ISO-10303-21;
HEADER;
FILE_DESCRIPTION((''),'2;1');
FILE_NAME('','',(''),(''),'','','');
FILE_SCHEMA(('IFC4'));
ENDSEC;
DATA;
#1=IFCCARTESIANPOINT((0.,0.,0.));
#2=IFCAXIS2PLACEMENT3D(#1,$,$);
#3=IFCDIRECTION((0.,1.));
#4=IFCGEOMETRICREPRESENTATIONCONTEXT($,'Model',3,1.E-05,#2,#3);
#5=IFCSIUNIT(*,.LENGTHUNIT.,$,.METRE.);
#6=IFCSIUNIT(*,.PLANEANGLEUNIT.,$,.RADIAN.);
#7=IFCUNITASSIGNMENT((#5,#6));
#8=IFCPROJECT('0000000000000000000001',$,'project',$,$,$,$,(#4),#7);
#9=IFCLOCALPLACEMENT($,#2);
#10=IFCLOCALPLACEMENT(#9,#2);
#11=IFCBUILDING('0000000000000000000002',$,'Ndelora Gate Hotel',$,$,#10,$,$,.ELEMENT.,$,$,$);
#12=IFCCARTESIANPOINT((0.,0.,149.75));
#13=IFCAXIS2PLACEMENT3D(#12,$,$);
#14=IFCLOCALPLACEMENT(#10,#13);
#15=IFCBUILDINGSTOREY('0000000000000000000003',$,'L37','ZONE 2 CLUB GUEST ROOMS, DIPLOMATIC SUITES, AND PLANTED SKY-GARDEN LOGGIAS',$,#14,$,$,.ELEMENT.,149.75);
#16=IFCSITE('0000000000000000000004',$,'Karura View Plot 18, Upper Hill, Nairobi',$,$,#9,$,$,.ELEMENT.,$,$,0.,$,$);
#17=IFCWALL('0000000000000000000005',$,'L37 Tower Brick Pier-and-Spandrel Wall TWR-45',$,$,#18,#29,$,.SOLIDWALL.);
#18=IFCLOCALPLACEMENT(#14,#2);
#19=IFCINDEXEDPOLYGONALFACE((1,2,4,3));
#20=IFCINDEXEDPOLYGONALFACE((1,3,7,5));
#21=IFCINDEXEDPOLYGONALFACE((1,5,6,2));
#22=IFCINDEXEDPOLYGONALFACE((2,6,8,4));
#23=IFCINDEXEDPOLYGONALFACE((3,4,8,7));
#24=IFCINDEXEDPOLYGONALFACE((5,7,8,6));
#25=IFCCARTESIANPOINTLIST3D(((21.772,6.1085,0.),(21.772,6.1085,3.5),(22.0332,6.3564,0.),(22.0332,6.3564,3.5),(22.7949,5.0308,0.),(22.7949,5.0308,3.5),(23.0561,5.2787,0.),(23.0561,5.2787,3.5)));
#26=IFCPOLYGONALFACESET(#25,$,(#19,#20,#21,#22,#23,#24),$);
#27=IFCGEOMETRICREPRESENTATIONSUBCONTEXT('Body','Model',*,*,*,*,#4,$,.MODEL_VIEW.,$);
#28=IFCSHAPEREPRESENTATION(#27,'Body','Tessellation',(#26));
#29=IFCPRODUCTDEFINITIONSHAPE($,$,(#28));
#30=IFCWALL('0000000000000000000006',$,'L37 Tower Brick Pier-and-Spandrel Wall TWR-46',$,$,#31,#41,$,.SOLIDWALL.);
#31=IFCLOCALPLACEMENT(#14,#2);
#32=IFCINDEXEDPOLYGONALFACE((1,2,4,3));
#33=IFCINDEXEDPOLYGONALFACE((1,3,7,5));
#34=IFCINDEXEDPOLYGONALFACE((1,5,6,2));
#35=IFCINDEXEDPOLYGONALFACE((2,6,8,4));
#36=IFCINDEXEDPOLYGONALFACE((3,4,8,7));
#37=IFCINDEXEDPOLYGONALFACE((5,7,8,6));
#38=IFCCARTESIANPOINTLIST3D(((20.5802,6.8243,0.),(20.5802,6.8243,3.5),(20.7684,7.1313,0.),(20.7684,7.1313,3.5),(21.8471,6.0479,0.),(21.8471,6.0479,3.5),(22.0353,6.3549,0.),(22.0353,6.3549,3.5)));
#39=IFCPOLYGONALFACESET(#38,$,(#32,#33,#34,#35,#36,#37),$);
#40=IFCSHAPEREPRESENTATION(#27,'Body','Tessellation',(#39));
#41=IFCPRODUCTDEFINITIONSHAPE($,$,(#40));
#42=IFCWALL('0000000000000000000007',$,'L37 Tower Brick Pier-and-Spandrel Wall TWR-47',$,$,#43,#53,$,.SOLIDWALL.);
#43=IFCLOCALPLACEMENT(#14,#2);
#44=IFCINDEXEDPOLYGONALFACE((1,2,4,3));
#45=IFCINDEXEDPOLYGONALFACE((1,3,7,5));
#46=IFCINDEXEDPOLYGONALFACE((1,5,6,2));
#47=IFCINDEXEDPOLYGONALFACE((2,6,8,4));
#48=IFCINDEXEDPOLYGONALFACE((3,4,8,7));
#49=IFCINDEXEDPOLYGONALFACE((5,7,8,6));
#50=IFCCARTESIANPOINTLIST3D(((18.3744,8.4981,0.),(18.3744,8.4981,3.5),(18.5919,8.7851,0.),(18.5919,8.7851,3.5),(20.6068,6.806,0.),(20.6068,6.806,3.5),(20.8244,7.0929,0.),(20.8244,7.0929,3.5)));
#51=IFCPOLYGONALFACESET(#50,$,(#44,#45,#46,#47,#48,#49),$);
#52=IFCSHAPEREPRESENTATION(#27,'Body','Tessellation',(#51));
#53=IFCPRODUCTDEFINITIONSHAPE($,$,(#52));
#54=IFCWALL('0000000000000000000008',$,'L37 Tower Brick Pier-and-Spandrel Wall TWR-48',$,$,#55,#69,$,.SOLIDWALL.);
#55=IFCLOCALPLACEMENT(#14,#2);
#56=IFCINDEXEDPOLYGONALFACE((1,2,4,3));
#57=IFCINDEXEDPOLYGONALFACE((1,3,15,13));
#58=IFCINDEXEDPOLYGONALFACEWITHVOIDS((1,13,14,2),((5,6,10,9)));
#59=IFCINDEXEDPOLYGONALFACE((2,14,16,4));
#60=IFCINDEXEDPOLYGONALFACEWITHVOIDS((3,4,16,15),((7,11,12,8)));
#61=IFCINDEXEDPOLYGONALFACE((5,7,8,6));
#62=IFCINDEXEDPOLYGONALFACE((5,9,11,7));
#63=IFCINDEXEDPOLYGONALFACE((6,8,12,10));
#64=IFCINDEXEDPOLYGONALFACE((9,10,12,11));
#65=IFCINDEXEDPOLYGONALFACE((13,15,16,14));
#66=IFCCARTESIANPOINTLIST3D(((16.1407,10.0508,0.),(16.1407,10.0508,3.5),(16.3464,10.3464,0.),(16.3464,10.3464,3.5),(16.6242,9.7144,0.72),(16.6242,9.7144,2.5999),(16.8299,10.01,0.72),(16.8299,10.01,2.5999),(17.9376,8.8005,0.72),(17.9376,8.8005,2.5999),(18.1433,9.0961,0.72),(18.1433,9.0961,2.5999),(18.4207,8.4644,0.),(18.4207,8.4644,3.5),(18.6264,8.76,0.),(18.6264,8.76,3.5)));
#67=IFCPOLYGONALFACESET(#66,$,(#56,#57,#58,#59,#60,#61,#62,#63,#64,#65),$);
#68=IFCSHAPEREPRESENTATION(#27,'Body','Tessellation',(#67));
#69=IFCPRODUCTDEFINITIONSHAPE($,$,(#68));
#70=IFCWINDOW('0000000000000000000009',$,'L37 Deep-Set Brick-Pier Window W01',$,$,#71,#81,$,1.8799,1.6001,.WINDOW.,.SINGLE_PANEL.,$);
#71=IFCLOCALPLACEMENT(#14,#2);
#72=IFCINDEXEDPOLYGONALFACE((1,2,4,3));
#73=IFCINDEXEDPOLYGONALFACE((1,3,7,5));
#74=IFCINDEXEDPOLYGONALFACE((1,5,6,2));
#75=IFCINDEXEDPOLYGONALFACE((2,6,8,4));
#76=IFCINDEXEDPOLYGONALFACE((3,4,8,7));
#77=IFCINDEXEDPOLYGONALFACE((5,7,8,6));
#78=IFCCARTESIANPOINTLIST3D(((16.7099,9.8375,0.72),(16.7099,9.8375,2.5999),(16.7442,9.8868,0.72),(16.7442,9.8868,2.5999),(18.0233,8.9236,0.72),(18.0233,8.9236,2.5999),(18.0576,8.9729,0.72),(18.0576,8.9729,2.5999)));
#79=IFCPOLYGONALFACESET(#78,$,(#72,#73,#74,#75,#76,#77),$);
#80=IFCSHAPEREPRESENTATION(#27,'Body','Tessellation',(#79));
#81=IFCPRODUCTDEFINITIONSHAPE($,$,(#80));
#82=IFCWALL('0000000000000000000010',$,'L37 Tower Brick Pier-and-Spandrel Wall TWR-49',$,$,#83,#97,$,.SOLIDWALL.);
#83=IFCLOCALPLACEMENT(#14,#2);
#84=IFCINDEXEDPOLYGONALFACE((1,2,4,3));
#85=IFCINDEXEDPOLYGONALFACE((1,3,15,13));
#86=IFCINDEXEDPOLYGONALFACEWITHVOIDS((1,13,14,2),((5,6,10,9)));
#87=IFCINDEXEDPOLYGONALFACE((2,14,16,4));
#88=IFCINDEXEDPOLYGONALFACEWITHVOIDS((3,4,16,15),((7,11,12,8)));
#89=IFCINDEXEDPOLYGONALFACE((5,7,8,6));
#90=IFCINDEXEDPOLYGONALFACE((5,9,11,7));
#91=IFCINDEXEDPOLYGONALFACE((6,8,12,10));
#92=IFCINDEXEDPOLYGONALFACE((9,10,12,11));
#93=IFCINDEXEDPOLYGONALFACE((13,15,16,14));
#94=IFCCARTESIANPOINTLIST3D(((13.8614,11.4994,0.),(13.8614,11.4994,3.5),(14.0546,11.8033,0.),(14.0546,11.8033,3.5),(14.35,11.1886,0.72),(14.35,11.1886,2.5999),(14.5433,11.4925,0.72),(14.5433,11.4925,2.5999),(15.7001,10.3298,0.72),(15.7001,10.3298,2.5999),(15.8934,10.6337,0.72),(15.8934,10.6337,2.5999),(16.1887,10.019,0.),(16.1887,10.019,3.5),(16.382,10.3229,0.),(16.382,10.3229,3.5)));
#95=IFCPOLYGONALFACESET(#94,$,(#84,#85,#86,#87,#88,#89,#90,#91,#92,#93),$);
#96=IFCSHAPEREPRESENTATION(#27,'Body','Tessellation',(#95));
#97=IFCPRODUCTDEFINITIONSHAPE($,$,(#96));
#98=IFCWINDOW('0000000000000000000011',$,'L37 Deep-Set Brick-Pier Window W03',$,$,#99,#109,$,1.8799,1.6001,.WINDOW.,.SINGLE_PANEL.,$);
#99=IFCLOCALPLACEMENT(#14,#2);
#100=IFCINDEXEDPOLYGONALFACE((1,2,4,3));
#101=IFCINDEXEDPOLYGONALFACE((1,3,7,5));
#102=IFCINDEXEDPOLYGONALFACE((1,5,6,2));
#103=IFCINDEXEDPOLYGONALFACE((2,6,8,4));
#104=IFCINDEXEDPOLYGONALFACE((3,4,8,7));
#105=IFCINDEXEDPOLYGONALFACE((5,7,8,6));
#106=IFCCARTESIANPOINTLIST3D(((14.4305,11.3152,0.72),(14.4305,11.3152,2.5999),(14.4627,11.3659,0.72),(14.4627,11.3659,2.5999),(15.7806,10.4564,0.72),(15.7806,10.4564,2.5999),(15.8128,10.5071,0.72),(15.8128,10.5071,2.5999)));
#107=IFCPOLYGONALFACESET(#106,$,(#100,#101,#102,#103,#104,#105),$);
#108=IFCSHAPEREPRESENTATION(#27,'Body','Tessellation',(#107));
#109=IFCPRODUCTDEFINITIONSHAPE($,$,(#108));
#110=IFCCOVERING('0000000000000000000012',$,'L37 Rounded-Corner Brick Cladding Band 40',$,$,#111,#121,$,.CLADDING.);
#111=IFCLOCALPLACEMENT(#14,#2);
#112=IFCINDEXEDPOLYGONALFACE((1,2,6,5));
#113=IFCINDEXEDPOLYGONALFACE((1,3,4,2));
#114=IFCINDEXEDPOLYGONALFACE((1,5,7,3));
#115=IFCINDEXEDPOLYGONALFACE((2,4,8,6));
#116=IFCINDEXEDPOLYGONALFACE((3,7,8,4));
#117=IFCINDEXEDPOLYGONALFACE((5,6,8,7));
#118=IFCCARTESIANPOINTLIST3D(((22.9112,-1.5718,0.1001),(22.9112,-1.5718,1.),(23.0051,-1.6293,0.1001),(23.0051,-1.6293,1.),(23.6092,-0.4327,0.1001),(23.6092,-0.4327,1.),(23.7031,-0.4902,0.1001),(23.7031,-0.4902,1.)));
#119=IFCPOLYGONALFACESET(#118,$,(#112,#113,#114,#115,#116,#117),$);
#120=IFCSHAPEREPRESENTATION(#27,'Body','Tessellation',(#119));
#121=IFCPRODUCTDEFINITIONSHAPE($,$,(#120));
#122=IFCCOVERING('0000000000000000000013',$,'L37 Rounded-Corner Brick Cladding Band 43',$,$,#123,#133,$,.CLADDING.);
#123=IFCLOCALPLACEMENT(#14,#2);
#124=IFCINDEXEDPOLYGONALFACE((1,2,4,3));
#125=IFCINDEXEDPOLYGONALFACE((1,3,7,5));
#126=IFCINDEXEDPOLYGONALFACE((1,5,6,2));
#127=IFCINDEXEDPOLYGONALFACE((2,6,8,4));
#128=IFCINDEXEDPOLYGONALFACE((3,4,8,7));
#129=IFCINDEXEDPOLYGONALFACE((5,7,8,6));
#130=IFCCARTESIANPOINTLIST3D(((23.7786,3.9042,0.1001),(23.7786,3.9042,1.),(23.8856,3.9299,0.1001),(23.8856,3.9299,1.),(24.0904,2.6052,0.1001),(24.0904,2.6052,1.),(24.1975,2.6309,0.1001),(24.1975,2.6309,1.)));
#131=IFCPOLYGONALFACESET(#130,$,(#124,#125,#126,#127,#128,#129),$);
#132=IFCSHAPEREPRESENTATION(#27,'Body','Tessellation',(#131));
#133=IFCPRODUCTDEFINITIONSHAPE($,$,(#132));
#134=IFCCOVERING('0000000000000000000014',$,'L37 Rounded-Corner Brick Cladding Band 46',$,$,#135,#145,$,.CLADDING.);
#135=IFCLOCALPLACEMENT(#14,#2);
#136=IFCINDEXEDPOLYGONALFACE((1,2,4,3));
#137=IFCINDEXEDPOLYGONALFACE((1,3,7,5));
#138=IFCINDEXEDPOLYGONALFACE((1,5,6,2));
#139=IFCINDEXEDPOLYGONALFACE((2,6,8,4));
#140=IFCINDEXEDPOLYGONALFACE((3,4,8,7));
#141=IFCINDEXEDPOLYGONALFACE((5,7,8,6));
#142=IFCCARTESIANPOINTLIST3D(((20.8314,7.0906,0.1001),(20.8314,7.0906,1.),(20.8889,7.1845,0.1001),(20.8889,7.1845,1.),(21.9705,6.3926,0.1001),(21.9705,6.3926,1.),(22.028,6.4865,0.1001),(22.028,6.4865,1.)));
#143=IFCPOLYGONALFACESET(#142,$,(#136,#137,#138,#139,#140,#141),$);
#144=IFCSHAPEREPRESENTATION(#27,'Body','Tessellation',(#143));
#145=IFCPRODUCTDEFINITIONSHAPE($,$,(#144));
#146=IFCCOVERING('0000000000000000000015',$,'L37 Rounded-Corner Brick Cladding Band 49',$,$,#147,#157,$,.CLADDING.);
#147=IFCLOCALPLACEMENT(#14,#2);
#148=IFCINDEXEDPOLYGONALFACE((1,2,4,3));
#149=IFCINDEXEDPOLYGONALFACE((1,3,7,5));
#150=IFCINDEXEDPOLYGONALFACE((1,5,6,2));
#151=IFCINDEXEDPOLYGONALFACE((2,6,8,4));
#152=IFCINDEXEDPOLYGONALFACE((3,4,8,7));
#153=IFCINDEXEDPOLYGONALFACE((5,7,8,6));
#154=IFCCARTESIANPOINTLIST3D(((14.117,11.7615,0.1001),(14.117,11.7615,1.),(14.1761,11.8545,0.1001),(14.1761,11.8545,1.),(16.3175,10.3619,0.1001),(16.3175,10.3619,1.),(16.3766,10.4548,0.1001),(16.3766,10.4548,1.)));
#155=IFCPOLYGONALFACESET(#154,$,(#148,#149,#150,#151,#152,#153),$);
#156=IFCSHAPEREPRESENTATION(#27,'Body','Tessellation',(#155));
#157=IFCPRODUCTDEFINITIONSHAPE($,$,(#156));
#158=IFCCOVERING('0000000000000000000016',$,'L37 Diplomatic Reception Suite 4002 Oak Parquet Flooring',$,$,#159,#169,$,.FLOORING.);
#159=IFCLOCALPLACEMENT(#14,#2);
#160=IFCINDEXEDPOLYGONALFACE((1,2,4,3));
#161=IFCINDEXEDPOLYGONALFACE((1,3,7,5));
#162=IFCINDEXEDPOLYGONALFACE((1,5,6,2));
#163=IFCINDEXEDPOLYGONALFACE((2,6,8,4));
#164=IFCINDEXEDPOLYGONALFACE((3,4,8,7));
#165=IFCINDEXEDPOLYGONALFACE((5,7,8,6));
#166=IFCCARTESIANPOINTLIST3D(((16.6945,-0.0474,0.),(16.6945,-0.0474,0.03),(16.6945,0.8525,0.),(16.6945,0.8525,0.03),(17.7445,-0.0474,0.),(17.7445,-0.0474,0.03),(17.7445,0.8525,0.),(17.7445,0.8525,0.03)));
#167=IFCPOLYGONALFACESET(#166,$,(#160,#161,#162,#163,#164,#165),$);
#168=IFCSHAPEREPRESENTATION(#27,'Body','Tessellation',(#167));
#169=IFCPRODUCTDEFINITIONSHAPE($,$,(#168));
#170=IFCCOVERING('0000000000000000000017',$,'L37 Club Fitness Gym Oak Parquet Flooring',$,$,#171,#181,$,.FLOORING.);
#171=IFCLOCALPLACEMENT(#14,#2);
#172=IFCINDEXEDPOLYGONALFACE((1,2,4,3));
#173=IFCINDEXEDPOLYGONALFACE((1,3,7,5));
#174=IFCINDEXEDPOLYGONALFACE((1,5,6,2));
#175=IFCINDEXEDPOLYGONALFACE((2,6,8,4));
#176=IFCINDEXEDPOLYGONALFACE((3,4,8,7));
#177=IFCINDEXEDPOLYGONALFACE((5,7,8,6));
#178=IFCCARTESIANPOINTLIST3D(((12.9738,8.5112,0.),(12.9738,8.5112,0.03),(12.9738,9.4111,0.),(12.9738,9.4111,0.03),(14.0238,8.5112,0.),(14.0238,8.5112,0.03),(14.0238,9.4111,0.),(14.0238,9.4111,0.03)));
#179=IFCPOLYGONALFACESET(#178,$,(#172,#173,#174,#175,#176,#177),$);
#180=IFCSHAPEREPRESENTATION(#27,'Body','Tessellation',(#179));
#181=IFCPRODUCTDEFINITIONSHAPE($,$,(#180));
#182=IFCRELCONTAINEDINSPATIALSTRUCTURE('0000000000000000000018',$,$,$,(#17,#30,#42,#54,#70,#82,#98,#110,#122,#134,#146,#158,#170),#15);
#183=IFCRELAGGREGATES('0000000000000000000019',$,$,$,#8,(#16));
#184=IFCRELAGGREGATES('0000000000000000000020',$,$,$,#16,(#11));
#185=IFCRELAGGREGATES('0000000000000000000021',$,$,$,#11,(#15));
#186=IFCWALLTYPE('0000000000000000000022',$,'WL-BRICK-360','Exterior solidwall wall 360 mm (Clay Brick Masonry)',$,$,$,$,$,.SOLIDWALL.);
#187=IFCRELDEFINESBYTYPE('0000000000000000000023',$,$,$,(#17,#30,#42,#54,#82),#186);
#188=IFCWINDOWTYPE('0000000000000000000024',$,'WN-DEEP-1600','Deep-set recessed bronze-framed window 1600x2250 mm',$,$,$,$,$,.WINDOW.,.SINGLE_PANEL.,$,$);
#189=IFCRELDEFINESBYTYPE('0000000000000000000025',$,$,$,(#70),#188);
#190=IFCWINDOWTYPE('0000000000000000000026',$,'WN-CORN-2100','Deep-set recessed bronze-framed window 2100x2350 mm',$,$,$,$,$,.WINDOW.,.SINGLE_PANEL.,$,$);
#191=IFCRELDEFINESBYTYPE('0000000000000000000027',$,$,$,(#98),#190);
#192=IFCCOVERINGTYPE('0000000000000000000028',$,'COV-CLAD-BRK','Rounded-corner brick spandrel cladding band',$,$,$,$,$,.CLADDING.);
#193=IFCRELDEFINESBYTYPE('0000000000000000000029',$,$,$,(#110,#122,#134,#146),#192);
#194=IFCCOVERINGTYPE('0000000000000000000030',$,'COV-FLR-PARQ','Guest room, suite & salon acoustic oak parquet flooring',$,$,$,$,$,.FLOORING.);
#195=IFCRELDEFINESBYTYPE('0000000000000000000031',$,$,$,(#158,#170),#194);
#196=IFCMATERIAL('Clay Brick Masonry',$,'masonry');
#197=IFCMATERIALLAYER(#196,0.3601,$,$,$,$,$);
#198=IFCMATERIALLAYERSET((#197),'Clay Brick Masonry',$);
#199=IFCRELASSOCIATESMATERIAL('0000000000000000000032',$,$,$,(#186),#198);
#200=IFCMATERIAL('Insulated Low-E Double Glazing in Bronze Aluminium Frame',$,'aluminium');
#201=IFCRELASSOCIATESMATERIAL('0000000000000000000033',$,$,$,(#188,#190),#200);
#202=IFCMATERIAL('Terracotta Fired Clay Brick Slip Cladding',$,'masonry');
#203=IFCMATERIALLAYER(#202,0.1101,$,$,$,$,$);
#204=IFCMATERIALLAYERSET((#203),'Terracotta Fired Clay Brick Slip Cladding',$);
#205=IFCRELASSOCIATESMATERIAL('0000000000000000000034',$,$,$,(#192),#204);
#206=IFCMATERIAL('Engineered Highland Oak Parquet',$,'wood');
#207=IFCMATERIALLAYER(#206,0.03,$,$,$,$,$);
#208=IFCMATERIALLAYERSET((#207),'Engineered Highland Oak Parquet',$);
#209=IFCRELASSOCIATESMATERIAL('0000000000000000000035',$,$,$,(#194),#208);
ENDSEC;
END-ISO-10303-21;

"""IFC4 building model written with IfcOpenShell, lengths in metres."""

from ifc_helpers import new_model, si_unit, direction, frame, frame_2d, origin, origin_2d, place, context, subcontext, project, spatial, rectangle, extrude, material, layer, layer_set, type_object, element, fill, save


model = new_model("IFC4")

# Units and contexts
model_context = context("Model", 3, precision=1e-05, world=origin(), true_north=direction((0.0, 1.0)))
body_context = subcontext(model_context, "Body", "Model", "MODEL_VIEW")
ifc_project = project(units=[si_unit("LENGTHUNIT", "METRE"), si_unit("PLANEANGLEUNIT", "RADIAN")], contexts=[model_context])

# Site, building, storey
site_placement = place(None, origin())
site = spatial("IfcSite", under=ifc_project, at=site_placement, Name="Karura View Plot 18, Upper Hill, Nairobi", CompositionType="ELEMENT", RefElevation=0.0)
building_placement = place(site_placement, origin())
building = spatial("IfcBuilding", under=site, at=building_placement, Name="Ndelora Gate Hotel", CompositionType="ELEMENT")
storey_placement = place(building_placement, frame((0.0, 0.0, 149.75)))
storey = spatial("IfcBuildingStorey", under=building, at=storey_placement, Name="L37", Description="ZONE 2 CLUB GUEST ROOMS, DIPLOMATIC SUITES, AND PLANTED SKY-GARDEN LOGGIAS", CompositionType="ELEMENT", Elevation=149.75)

# Walls
ifc_material_1 = material(Name="Clay Brick Masonry", Category="masonry")
ifc_layer_1 = layer(ifc_material_1, 0.3601)
ifc_layer_set_1 = layer_set([ifc_layer_1], Name="Clay Brick Masonry")
wall_type = type_object("IfcWallType", Name="WL-BRICK-360", Description="Exterior solidwall wall 360 mm (Clay Brick Masonry)", PredefinedType="SOLIDWALL", material=ifc_layer_set_1)
for number, where, z_axis, x_axis, name in (
    (1, (21.9026, 6.2324, 0.0), (0.0, 0.0, 1.0), (0.688464, -0.72527, 0.0), "L37 Tower Brick Pier-and-Spandrel Wall TWR-45"),
    (2, (20.6743, 6.9778, 0.0), (0.0, 0.0, 1.0), (0.852627, -0.52252, 0.0), "L37 Tower Brick Pier-and-Spandrel Wall TWR-46"),
):
    element("IfcWall", number, at=place(storey_placement, frame(where, z_axis=z_axis, x_axis=x_axis)), inside=storey, type_object=wall_type, Name=name, PredefinedType="SOLIDWALL", context=body_context, shape_type="SweptSolid", body=[
        extrude(rectangle(XDim=1.4858, YDim=0.3601, at=frame_2d((0.7429, 0.0))), origin(), (0.0, 0.0, 1.0), 3.5),
    ])
wall_1_placement = place(storey_placement, frame((18.4832, 8.6416, 0.0), z_axis=(0.0, 0.0, 1.0), x_axis=(0.796936, -0.604064, 0.0)))
element("IfcWall", 3, at=wall_1_placement, inside=storey, type_object=wall_type, Name="L37 Tower Brick Pier-and-Spandrel Wall TWR-47", PredefinedType="SOLIDWALL", context=body_context, shape_type="SweptSolid", body=[
    extrude(rectangle(XDim=2.8013, YDim=0.3601, at=frame_2d((1.4006, 0.0))), origin(), (0.0, 0.0, 1.0), 3.5),
])

# Walls, openings, windows
wall_2_placement = place(storey_placement, frame((16.2437, 10.1985, 0.0), z_axis=(0.0, 0.0, 1.0), x_axis=(0.820851, -0.571142, 0.0)))
wall_2 = element("IfcWall", 4, at=wall_2_placement, inside=storey, type_object=wall_type, Name="L37 Tower Brick Pier-and-Spandrel Wall TWR-48", PredefinedType="SOLIDWALL", context=body_context, shape_type="SweptSolid", body=[
    extrude(rectangle(XDim=2.7776, YDim=0.3601, at=frame_2d((1.3887, 0.0))), origin(), (0.0, 0.0, 1.0), 3.5),
])
opening_1_placement = place(wall_2_placement, frame((0.5889, 0.0, 0.72)))
opening_1 = element("IfcOpeningElement", 5, at=opening_1_placement, cuts=wall_2, PredefinedType="OPENING", context=body_context, shape_type="SweptSolid", body=[
    extrude(rectangle(XDim=1.6001, YDim=1.8799, at=frame_2d((0.8, 0.9399))), frame((0.0, 0.1899, 0.0), z_axis=(0.0, -1.0, 0.0), x_axis=(1.0, 0.0, 0.0)), (0.0, 0.0, 1.0), 0.3801),
])
ifc_material_2 = material(Name="Insulated Low-E Double Glazing in Bronze Aluminium Frame", Category="aluminium")
window_type_1 = type_object("IfcWindowType", Name="WN-DEEP-1600", Description="Deep-set recessed bronze-framed window 1600x2250 mm", PartitioningType="SINGLE_PANEL", PredefinedType="WINDOW", material=ifc_material_2)
window_1_placement = place(opening_1_placement, origin())
window_1 = element("IfcWindow", 6, at=window_1_placement, inside=storey, type_object=window_type_1, Name="L37 Deep-Set Brick-Pier Window W01", OverallHeight=1.8799, OverallWidth=1.6001, PartitioningType="SINGLE_PANEL", PredefinedType="WINDOW", context=body_context, shape_type="SweptSolid", body=[
    extrude(rectangle(XDim=1.6001, YDim=1.8799, at=frame_2d((0.8, 0.9399))), frame((0.0, 0.03, 0.0), z_axis=(0.0, -1.0, 0.0), x_axis=(1.0, 0.0, 0.0)), (0.0, 0.0, 1.0), 0.0601),
])
fill(opening_1, window_1)
wall_3_placement = place(storey_placement, frame((13.958, 11.6514, 0.0), z_axis=(0.0, 0.0, 1.0), x_axis=(0.84376, -0.536721, 0.0)))
wall_3 = element("IfcWall", 7, at=wall_3_placement, inside=storey, type_object=wall_type, Name="L37 Tower Brick Pier-and-Spandrel Wall TWR-49", PredefinedType="SOLIDWALL", context=body_context, shape_type="SweptSolid", body=[
    extrude(rectangle(XDim=2.7583, YDim=0.3601, at=frame_2d((1.3792, 0.0))), origin(), (0.0, 0.0, 1.0), 3.5),
])
opening_2_placement = place(wall_3_placement, frame((0.5791, 0.0, 0.72)))
opening_2 = element("IfcOpeningElement", 8, at=opening_2_placement, cuts=wall_3, PredefinedType="OPENING", context=body_context, shape_type="SweptSolid", body=[
    extrude(rectangle(XDim=1.6001, YDim=1.8799, at=frame_2d((0.8, 0.9399))), frame((0.0, 0.1899, 0.0), z_axis=(0.0, -1.0, 0.0), x_axis=(1.0, 0.0, 0.0)), (0.0, 0.0, 1.0), 0.3801),
])
window_type_2 = type_object("IfcWindowType", Name="WN-CORN-2100", Description="Deep-set recessed bronze-framed window 2100x2350 mm", PartitioningType="SINGLE_PANEL", PredefinedType="WINDOW", material=ifc_material_2)
window_2_placement = place(opening_2_placement, origin())
window_2 = element("IfcWindow", 9, at=window_2_placement, inside=storey, type_object=window_type_2, Name="L37 Deep-Set Brick-Pier Window W03", OverallHeight=1.8799, OverallWidth=1.6001, PartitioningType="SINGLE_PANEL", PredefinedType="WINDOW", context=body_context, shape_type="SweptSolid", body=[
    extrude(rectangle(XDim=1.6001, YDim=1.8799, at=frame_2d((0.8, 0.9399))), frame((0.0, 0.03, 0.0), z_axis=(0.0, -1.0, 0.0), x_axis=(1.0, 0.0, 0.0)), (0.0, 0.0, 1.0), 0.0601),
])
fill(opening_2, window_2)

# Coverings
ifc_material_3 = material(Name="Terracotta Fired Clay Brick Slip Cladding", Category="masonry")
ifc_layer_2 = layer(ifc_material_3, 0.1101)
ifc_layer_set_2 = layer_set([ifc_layer_2], Name="Terracotta Fired Clay Brick Slip Cladding")
covering_type_1 = type_object("IfcCoveringType", Name="COV-CLAD-BRK", Description="Rounded-corner brick spandrel cladding band", PredefinedType="CLADDING", material=ifc_layer_set_2)
for number, where, z_axis, x_axis, name in (
    (10, (23.3071, -1.031, 0.1001), (0.0, 0.0, 1.0), (0.522499, 0.85264, 0.0), "L37 Rounded-Corner Brick Cladding Band 40"),
    (11, (23.988, 3.2676, 0.1001), (0.0, 0.0, 1.0), (-0.233445, 0.97237, 0.0), "L37 Rounded-Corner Brick Cladding Band 43"),
    (12, (21.4297, 6.7886, 0.1001), (0.0, 0.0, 1.0), (-0.85264, 0.522499, 0.0), "L37 Rounded-Corner Brick Cladding Band 46"),
):
    element("IfcCovering", number, at=place(storey_placement, frame(where, z_axis=z_axis, x_axis=x_axis)), inside=storey, type_object=covering_type_1, Name=name, PredefinedType="CLADDING", context=body_context, shape_type="SweptSolid", body=[
        extrude(rectangle(XDim=1.3359, YDim=0.1101, at=origin_2d()), origin(), (0.0, 0.0, 1.0), 0.8999),
    ])
covering_placement = place(storey_placement, frame((15.2468, 11.1082, 0.1001), z_axis=(0.0, 0.0, 1.0), x_axis=(-0.843766, 0.536711, 0.0)))
element("IfcCovering", 13, at=covering_placement, inside=storey, type_object=covering_type_1, Name="L37 Rounded-Corner Brick Cladding Band 49", PredefinedType="CLADDING", context=body_context, shape_type="SweptSolid", body=[
    extrude(rectangle(XDim=2.6079, YDim=0.1101, at=origin_2d()), origin(), (0.0, 0.0, 1.0), 0.8999),
])
ifc_material_4 = material(Name="Engineered Highland Oak Parquet", Category="wood")
ifc_layer_3 = layer(ifc_material_4, 0.03)
ifc_layer_set_3 = layer_set([ifc_layer_3], Name="Engineered Highland Oak Parquet")
covering_type_2 = type_object("IfcCoveringType", Name="COV-FLR-PARQ", Description="Guest room, suite & salon acoustic oak parquet flooring", PredefinedType="FLOORING", material=ifc_layer_set_3)
for number, where, z_axis, x_axis, name in (
    (14, (17.2195, 0.4026, 0.0), (0.0, 0.0, 1.0), (1.0, 0.0, 0.0), "L37 Diplomatic Reception Suite 4002 Oak Parquet Flooring"),
    (15, (13.4988, 8.9612, 0.0), (0.0, 0.0, 1.0), (1.0, 0.0, 0.0), "L37 Club Fitness Gym Oak Parquet Flooring"),
):
    element("IfcCovering", number, at=place(storey_placement, frame(where, z_axis=z_axis, x_axis=x_axis)), inside=storey, type_object=covering_type_2, Name=name, PredefinedType="FLOORING", context=body_context, shape_type="SweptSolid", body=[
        extrude(rectangle(XDim=1.05, YDim=0.8999, at=origin_2d()), origin(), (0.0, 0.0, 1.0), 0.03),
    ])

save(model, "model.ifc")
